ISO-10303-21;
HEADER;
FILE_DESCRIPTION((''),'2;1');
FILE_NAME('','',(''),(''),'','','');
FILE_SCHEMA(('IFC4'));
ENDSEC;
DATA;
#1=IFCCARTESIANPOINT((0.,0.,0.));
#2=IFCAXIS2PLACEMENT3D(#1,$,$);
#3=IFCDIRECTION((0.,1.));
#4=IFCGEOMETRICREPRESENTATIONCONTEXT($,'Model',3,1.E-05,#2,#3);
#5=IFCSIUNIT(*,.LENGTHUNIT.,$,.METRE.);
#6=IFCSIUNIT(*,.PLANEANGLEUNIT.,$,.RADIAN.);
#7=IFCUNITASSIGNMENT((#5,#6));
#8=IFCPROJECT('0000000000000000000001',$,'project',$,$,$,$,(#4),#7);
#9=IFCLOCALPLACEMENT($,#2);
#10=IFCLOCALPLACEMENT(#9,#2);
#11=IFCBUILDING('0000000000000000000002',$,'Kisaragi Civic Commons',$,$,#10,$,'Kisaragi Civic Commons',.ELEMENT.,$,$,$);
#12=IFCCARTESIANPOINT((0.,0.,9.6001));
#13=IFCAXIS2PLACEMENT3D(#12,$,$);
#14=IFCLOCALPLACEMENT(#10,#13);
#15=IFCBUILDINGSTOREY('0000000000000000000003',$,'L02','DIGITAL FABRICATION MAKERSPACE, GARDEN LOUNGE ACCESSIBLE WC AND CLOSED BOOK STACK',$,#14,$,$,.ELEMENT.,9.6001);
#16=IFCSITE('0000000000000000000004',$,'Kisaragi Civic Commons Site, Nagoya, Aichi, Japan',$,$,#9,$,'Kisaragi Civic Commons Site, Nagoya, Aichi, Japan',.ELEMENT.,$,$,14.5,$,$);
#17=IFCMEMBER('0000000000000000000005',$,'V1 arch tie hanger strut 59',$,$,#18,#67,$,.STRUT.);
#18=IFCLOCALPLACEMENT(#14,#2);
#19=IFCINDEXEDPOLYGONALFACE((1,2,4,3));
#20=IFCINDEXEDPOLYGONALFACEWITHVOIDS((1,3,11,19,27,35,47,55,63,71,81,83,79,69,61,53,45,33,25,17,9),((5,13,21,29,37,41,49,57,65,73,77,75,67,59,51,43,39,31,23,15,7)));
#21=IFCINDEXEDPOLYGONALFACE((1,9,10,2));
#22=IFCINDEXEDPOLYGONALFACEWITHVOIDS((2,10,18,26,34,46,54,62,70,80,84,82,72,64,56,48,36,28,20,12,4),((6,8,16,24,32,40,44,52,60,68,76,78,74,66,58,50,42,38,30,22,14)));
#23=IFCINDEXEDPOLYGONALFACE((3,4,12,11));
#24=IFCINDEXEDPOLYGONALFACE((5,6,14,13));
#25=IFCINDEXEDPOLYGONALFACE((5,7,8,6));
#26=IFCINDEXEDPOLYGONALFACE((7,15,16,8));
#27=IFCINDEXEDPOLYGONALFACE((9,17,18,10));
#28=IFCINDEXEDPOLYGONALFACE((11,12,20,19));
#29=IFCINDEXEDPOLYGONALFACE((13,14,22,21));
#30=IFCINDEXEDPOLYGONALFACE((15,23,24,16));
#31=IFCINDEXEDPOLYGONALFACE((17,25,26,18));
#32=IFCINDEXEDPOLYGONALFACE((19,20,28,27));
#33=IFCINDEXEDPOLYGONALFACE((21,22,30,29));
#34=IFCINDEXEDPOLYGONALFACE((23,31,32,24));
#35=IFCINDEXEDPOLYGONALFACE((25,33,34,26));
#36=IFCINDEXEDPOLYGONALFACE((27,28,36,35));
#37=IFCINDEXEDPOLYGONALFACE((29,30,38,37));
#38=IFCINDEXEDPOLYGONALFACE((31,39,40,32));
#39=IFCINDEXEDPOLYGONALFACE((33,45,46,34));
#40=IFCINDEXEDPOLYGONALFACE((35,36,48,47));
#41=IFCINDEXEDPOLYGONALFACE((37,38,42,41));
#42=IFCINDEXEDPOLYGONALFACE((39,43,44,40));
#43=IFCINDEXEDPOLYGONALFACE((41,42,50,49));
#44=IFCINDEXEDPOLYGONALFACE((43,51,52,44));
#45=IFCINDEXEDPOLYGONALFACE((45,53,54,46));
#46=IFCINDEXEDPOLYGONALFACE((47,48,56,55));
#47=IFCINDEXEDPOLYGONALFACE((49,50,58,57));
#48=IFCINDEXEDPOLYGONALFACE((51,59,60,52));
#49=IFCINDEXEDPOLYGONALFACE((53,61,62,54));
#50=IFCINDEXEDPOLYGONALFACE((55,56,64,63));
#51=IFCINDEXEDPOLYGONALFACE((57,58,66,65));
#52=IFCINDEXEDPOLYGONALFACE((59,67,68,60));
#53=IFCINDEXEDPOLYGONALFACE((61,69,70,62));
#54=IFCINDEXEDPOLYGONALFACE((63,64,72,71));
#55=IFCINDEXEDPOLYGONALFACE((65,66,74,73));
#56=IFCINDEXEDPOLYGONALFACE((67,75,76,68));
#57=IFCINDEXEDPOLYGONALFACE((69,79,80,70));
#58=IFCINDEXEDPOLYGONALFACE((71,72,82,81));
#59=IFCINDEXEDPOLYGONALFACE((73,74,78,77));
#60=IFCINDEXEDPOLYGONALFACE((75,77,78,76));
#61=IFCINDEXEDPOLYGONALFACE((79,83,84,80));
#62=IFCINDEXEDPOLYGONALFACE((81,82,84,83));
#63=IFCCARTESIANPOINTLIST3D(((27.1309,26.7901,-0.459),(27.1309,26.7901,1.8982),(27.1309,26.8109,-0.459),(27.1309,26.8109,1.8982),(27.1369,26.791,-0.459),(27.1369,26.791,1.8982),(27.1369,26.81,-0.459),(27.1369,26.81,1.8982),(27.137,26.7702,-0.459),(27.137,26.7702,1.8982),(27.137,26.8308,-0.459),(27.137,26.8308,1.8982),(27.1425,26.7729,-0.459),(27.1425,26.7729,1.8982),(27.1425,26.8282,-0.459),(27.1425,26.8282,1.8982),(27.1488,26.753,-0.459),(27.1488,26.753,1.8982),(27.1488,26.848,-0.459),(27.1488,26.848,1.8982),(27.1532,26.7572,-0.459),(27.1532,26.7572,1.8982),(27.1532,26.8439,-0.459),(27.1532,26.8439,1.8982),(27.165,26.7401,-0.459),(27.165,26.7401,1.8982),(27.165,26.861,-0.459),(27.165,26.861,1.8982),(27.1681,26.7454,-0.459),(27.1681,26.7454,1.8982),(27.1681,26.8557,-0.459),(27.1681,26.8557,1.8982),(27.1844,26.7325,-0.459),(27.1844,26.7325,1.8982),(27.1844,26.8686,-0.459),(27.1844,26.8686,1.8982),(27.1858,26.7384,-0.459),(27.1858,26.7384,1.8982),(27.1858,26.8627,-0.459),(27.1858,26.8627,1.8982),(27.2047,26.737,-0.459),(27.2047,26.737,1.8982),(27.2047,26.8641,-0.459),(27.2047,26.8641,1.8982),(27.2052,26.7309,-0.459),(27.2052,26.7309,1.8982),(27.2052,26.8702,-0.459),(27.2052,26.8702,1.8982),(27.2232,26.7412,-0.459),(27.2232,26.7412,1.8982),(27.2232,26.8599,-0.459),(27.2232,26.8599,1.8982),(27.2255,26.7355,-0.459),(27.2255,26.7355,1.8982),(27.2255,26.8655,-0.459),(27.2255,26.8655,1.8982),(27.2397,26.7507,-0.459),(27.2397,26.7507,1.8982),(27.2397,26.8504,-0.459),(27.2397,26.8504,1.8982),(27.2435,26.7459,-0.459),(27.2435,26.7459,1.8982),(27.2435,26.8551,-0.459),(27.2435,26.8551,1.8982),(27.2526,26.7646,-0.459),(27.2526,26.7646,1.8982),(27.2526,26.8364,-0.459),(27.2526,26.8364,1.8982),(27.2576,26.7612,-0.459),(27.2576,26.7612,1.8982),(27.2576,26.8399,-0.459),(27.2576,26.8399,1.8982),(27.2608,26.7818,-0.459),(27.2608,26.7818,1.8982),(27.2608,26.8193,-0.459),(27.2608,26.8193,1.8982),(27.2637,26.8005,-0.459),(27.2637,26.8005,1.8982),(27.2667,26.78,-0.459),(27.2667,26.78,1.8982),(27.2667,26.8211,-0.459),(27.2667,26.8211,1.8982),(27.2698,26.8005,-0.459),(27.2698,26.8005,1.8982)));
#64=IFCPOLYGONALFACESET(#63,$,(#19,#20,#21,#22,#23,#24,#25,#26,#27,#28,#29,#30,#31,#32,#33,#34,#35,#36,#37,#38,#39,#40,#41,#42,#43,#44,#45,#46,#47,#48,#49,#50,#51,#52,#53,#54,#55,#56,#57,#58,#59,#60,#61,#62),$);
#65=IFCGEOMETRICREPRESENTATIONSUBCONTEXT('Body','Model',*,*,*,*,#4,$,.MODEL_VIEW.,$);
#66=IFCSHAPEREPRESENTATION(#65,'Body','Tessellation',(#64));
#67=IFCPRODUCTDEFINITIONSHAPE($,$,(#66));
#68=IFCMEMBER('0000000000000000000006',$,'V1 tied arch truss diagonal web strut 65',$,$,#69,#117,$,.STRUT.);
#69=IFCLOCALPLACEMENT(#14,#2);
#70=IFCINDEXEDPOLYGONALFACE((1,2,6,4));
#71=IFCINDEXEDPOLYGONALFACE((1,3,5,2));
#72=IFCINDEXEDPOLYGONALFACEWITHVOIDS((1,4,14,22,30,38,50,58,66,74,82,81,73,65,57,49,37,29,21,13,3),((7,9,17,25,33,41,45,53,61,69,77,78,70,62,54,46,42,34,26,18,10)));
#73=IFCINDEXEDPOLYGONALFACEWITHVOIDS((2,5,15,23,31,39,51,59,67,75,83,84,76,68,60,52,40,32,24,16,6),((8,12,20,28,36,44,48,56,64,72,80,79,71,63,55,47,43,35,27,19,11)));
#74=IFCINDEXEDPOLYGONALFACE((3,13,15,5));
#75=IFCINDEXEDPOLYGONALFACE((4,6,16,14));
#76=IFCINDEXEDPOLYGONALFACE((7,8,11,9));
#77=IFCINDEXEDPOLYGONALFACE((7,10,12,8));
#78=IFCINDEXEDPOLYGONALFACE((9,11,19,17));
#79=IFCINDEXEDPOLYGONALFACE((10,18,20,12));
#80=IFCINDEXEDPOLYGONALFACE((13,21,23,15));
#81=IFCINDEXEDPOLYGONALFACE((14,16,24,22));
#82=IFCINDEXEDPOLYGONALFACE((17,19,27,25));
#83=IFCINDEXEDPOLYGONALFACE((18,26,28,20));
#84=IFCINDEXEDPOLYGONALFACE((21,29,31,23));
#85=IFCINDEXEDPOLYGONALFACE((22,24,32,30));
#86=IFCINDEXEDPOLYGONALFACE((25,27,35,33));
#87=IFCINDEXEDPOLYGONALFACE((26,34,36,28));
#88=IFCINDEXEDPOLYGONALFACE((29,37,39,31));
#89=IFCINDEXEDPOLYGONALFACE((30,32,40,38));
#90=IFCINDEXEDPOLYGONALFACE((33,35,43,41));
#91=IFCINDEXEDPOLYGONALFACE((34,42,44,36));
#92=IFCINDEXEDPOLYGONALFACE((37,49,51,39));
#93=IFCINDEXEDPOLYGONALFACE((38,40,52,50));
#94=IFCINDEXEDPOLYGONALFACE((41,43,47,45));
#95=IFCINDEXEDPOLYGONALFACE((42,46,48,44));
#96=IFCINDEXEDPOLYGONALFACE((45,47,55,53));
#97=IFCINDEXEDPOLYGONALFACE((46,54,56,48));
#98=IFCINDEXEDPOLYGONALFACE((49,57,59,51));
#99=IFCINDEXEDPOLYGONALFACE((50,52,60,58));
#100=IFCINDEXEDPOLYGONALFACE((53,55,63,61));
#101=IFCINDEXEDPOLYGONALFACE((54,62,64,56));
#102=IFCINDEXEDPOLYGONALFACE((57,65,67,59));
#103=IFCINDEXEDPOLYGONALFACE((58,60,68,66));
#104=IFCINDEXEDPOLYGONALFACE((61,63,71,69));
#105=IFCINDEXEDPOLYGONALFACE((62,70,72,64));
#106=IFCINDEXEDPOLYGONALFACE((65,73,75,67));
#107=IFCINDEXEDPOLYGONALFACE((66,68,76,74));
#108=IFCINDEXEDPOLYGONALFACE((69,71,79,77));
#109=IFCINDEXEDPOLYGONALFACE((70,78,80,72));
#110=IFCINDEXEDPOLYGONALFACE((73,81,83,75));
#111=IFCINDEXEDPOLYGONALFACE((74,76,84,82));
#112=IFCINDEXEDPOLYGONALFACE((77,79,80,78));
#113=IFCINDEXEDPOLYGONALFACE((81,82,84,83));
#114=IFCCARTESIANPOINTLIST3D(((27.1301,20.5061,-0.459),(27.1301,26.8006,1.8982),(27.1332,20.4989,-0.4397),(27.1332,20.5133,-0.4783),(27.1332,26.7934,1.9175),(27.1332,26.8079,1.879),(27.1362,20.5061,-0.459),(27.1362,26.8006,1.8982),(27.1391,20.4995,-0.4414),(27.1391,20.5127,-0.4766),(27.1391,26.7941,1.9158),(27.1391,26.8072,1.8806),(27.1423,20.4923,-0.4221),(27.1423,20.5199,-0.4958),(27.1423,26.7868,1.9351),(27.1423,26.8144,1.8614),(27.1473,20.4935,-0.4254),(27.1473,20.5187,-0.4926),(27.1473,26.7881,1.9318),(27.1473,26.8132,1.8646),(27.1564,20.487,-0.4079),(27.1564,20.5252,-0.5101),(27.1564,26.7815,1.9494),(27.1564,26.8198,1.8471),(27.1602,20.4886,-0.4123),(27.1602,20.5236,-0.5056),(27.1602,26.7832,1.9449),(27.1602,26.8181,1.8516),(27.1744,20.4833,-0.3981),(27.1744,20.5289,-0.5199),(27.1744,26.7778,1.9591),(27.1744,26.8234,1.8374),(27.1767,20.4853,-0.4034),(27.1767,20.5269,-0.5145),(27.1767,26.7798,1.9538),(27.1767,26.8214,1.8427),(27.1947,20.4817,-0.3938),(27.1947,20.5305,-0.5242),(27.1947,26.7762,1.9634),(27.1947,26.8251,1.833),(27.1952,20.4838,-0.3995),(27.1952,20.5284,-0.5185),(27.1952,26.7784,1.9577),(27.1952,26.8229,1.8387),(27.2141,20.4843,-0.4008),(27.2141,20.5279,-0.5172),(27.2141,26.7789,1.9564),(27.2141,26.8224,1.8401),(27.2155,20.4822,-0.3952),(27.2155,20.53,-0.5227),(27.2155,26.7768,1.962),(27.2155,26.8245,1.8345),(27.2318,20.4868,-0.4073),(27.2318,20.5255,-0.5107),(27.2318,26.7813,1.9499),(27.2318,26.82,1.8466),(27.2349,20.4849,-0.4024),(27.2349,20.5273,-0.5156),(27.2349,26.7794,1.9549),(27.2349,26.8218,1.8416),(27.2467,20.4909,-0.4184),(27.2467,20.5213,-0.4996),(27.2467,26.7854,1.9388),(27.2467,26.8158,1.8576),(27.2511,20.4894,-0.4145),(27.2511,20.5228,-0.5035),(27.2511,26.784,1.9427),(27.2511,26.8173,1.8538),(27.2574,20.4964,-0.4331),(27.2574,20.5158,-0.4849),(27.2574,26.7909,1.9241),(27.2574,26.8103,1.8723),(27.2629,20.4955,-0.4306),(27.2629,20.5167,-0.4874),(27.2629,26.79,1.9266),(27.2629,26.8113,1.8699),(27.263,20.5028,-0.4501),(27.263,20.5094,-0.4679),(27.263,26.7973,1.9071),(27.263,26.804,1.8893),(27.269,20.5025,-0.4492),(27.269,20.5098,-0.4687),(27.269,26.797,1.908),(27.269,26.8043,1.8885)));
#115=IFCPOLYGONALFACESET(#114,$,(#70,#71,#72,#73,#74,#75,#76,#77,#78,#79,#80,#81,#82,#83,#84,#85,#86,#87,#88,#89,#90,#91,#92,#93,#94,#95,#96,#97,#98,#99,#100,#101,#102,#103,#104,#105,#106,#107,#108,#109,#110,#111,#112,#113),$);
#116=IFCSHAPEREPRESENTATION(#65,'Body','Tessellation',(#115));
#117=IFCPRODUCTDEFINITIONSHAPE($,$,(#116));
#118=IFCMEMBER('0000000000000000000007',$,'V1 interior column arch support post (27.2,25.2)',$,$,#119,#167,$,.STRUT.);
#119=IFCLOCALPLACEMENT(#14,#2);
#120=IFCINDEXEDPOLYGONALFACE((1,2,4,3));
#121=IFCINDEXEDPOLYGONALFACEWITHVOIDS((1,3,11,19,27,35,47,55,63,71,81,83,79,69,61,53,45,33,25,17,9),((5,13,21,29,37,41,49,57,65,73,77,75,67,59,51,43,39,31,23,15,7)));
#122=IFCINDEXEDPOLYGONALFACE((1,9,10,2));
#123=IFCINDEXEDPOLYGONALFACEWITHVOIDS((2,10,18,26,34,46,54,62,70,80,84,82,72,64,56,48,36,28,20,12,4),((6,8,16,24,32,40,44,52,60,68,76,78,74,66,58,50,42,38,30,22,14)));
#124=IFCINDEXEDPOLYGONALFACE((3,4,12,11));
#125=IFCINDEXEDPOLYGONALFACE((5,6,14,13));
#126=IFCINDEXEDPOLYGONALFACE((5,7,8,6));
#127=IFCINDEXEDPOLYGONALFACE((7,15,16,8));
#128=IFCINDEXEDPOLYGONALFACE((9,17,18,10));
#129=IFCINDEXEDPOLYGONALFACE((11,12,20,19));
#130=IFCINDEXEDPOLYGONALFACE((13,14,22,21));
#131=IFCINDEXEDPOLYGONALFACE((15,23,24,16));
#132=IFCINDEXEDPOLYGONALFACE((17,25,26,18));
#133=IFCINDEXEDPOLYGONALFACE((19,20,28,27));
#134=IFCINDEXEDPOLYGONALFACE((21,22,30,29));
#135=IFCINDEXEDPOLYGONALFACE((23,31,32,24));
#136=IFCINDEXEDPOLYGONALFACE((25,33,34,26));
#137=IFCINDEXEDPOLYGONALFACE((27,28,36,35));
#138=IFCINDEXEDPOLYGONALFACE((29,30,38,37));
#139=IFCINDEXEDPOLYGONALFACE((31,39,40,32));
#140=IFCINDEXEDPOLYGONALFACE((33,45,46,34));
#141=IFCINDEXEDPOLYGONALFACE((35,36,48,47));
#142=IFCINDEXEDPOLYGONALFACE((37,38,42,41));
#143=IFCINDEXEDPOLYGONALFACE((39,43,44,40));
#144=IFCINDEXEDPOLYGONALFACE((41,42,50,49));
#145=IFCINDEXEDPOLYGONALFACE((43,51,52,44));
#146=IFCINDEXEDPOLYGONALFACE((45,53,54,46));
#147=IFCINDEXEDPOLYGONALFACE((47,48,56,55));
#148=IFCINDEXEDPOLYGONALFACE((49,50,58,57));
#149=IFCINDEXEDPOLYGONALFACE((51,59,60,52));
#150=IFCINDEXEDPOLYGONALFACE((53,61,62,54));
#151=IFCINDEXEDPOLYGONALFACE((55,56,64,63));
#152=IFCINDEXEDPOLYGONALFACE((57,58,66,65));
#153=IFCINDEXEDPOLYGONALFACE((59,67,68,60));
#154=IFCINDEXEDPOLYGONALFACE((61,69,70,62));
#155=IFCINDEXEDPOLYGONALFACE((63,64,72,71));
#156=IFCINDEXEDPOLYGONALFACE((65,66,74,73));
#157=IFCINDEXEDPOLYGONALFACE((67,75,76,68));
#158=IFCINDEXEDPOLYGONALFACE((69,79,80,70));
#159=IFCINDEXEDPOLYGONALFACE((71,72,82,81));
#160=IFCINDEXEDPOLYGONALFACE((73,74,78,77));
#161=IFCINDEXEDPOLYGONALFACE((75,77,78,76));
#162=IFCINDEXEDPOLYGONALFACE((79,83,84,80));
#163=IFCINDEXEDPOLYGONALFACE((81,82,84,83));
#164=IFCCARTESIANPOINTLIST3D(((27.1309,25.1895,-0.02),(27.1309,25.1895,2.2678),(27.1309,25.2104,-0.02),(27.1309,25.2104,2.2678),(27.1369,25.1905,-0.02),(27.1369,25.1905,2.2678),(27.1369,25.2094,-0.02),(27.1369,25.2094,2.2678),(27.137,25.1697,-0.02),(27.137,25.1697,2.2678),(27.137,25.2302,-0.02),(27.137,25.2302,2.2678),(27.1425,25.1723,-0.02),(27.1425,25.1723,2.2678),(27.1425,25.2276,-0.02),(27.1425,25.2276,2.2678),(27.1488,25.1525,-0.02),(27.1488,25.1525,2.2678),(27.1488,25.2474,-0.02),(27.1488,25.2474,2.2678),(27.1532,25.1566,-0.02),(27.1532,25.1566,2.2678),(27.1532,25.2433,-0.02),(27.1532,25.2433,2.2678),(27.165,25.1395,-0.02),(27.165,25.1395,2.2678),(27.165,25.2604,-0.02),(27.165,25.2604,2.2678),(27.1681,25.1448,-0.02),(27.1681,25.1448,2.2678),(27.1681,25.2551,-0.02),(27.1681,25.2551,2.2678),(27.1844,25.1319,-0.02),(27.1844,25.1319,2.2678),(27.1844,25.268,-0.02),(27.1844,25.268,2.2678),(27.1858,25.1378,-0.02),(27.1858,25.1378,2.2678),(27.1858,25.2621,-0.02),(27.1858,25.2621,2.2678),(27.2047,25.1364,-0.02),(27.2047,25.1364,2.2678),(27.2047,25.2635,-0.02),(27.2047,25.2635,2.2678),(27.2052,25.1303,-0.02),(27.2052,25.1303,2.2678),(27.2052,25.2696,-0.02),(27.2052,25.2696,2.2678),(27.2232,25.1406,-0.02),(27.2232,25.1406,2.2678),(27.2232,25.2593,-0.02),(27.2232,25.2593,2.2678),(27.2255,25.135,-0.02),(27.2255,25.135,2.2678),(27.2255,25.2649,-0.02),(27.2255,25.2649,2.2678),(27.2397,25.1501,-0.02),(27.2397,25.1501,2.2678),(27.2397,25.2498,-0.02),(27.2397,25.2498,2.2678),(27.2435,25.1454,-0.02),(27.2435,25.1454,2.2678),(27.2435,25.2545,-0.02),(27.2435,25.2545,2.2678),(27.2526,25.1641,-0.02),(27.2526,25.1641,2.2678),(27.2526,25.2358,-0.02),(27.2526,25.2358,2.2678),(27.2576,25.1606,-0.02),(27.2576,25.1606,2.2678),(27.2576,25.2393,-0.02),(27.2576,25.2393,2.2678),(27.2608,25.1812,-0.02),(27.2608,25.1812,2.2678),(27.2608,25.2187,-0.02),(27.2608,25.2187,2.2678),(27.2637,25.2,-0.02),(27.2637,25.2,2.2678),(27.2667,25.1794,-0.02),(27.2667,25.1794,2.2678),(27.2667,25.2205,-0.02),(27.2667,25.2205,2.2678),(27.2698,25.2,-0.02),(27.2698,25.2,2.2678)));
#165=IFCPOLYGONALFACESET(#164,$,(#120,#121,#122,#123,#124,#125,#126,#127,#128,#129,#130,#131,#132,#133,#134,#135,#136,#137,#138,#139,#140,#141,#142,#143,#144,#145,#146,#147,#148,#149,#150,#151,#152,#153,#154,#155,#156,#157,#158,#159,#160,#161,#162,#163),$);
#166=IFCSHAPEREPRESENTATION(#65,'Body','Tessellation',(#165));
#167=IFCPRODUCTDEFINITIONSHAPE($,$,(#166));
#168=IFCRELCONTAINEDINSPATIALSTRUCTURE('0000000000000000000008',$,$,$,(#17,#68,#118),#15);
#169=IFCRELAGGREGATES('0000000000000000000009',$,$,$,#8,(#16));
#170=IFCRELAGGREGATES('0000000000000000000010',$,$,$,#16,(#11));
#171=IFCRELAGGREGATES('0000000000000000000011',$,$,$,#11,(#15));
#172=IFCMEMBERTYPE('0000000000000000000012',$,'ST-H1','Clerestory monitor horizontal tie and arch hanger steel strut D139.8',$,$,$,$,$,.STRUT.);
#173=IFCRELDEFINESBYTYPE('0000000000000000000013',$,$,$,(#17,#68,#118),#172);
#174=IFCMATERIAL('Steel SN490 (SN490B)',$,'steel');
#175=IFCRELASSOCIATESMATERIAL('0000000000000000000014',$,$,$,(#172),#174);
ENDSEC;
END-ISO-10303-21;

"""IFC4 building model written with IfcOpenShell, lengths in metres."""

from ifc_helpers import new_model, si_unit, direction, frame, origin, origin_2d, place, context, subcontext, project, spatial, hollow_circle, extrude, material, material_profile, profile_set, type_object, element, save


model = new_model("IFC4")

# Units and contexts
model_context = context("Model", 3, precision=1e-05, world=origin(), true_north=direction((0.0, 1.0)))
body_context = subcontext(model_context, "Body", "Model", "MODEL_VIEW")
ifc_project = project(units=[si_unit("LENGTHUNIT", "METRE"), si_unit("PLANEANGLEUNIT", "RADIAN")], contexts=[model_context])

# Site, building, storey
site_placement = place(None, origin())
site = spatial("IfcSite", under=ifc_project, at=site_placement, Name="Kisaragi Civic Commons Site, Nagoya, Aichi, Japan", LongName="Kisaragi Civic Commons Site, Nagoya, Aichi, Japan", CompositionType="ELEMENT", RefElevation=14.5)
building_placement = place(site_placement, origin())
building = spatial("IfcBuilding", under=site, at=building_placement, Name="Kisaragi Civic Commons", LongName="Kisaragi Civic Commons", CompositionType="ELEMENT")
storey_placement = place(building_placement, frame((0.0, 0.0, 9.6001)))
storey = spatial("IfcBuildingStorey", under=building, at=storey_placement, Name="L02", Description="DIGITAL FABRICATION MAKERSPACE, GARDEN LOUNGE ACCESSIBLE WC AND CLOSED BOOK STACK", CompositionType="ELEMENT", Elevation=9.6001)

# Members
ifc_material_1 = material(Name="Steel SN490 (SN490B)", Category="steel")
ifc_material_profile_1 = material_profile(ifc_material_1, hollow_circle(Radius=0.0698, WallThickness=0.0061, at=origin_2d()), Name="CHS-139.8x6.0", Category="steel")
ifc_profile_set_1 = profile_set([ifc_material_profile_1], Name="Steel SN490 (SN490B)")
member_type_1 = type_object("IfcMemberType", Name="ST-H1", Description="Clerestory monitor horizontal tie and arch hanger steel strut D139.8", PredefinedType="STRUT", material=ifc_profile_set_1)
member_1_placement = place(storey_placement, frame((27.2, 26.8005, -0.459), z_axis=(0.0, 0.0, 1.0), x_axis=(1.0, 0.0, 0.0)))
element("IfcMember", 1, at=member_1_placement, inside=storey, type_object=member_type_1, Name="V1 arch tie hanger strut 59", PredefinedType="STRUT", context=body_context, shape_type="SweptSolid", body=[
    extrude(hollow_circle(Radius=0.0698, WallThickness=0.0061, at=origin_2d()), origin(), (0.0, 0.0, 1.0), 2.3572),
])
member_2_placement = place(storey_placement, frame((27.2, 20.5061, -0.459), z_axis=(0.0, 0.936487, 0.350701), x_axis=(-1.0, 0.0, 0.0)))
element("IfcMember", 2, at=member_2_placement, inside=storey, type_object=member_type_1, Name="V1 tied arch truss diagonal web strut 65", PredefinedType="STRUT", context=body_context, shape_type="SweptSolid", body=[
    extrude(hollow_circle(Radius=0.0698, WallThickness=0.0061, at=origin_2d()), origin(), (0.0, 0.0, 1.0), 6.7214),
])
member_3_placement = place(storey_placement, frame((27.2, 25.2, -0.02), z_axis=(0.0, 0.0, 1.0), x_axis=(1.0, 0.0, 0.0)))
element("IfcMember", 3, at=member_3_placement, inside=storey, type_object=member_type_1, Name="V1 interior column arch support post (27.2,25.2)", PredefinedType="STRUT", context=body_context, shape_type="SweptSolid", body=[
    extrude(hollow_circle(Radius=0.0698, WallThickness=0.0061, at=origin_2d()), origin(), (0.0, 0.0, 1.0), 2.2878),
])

save(model, "model.ifc")
